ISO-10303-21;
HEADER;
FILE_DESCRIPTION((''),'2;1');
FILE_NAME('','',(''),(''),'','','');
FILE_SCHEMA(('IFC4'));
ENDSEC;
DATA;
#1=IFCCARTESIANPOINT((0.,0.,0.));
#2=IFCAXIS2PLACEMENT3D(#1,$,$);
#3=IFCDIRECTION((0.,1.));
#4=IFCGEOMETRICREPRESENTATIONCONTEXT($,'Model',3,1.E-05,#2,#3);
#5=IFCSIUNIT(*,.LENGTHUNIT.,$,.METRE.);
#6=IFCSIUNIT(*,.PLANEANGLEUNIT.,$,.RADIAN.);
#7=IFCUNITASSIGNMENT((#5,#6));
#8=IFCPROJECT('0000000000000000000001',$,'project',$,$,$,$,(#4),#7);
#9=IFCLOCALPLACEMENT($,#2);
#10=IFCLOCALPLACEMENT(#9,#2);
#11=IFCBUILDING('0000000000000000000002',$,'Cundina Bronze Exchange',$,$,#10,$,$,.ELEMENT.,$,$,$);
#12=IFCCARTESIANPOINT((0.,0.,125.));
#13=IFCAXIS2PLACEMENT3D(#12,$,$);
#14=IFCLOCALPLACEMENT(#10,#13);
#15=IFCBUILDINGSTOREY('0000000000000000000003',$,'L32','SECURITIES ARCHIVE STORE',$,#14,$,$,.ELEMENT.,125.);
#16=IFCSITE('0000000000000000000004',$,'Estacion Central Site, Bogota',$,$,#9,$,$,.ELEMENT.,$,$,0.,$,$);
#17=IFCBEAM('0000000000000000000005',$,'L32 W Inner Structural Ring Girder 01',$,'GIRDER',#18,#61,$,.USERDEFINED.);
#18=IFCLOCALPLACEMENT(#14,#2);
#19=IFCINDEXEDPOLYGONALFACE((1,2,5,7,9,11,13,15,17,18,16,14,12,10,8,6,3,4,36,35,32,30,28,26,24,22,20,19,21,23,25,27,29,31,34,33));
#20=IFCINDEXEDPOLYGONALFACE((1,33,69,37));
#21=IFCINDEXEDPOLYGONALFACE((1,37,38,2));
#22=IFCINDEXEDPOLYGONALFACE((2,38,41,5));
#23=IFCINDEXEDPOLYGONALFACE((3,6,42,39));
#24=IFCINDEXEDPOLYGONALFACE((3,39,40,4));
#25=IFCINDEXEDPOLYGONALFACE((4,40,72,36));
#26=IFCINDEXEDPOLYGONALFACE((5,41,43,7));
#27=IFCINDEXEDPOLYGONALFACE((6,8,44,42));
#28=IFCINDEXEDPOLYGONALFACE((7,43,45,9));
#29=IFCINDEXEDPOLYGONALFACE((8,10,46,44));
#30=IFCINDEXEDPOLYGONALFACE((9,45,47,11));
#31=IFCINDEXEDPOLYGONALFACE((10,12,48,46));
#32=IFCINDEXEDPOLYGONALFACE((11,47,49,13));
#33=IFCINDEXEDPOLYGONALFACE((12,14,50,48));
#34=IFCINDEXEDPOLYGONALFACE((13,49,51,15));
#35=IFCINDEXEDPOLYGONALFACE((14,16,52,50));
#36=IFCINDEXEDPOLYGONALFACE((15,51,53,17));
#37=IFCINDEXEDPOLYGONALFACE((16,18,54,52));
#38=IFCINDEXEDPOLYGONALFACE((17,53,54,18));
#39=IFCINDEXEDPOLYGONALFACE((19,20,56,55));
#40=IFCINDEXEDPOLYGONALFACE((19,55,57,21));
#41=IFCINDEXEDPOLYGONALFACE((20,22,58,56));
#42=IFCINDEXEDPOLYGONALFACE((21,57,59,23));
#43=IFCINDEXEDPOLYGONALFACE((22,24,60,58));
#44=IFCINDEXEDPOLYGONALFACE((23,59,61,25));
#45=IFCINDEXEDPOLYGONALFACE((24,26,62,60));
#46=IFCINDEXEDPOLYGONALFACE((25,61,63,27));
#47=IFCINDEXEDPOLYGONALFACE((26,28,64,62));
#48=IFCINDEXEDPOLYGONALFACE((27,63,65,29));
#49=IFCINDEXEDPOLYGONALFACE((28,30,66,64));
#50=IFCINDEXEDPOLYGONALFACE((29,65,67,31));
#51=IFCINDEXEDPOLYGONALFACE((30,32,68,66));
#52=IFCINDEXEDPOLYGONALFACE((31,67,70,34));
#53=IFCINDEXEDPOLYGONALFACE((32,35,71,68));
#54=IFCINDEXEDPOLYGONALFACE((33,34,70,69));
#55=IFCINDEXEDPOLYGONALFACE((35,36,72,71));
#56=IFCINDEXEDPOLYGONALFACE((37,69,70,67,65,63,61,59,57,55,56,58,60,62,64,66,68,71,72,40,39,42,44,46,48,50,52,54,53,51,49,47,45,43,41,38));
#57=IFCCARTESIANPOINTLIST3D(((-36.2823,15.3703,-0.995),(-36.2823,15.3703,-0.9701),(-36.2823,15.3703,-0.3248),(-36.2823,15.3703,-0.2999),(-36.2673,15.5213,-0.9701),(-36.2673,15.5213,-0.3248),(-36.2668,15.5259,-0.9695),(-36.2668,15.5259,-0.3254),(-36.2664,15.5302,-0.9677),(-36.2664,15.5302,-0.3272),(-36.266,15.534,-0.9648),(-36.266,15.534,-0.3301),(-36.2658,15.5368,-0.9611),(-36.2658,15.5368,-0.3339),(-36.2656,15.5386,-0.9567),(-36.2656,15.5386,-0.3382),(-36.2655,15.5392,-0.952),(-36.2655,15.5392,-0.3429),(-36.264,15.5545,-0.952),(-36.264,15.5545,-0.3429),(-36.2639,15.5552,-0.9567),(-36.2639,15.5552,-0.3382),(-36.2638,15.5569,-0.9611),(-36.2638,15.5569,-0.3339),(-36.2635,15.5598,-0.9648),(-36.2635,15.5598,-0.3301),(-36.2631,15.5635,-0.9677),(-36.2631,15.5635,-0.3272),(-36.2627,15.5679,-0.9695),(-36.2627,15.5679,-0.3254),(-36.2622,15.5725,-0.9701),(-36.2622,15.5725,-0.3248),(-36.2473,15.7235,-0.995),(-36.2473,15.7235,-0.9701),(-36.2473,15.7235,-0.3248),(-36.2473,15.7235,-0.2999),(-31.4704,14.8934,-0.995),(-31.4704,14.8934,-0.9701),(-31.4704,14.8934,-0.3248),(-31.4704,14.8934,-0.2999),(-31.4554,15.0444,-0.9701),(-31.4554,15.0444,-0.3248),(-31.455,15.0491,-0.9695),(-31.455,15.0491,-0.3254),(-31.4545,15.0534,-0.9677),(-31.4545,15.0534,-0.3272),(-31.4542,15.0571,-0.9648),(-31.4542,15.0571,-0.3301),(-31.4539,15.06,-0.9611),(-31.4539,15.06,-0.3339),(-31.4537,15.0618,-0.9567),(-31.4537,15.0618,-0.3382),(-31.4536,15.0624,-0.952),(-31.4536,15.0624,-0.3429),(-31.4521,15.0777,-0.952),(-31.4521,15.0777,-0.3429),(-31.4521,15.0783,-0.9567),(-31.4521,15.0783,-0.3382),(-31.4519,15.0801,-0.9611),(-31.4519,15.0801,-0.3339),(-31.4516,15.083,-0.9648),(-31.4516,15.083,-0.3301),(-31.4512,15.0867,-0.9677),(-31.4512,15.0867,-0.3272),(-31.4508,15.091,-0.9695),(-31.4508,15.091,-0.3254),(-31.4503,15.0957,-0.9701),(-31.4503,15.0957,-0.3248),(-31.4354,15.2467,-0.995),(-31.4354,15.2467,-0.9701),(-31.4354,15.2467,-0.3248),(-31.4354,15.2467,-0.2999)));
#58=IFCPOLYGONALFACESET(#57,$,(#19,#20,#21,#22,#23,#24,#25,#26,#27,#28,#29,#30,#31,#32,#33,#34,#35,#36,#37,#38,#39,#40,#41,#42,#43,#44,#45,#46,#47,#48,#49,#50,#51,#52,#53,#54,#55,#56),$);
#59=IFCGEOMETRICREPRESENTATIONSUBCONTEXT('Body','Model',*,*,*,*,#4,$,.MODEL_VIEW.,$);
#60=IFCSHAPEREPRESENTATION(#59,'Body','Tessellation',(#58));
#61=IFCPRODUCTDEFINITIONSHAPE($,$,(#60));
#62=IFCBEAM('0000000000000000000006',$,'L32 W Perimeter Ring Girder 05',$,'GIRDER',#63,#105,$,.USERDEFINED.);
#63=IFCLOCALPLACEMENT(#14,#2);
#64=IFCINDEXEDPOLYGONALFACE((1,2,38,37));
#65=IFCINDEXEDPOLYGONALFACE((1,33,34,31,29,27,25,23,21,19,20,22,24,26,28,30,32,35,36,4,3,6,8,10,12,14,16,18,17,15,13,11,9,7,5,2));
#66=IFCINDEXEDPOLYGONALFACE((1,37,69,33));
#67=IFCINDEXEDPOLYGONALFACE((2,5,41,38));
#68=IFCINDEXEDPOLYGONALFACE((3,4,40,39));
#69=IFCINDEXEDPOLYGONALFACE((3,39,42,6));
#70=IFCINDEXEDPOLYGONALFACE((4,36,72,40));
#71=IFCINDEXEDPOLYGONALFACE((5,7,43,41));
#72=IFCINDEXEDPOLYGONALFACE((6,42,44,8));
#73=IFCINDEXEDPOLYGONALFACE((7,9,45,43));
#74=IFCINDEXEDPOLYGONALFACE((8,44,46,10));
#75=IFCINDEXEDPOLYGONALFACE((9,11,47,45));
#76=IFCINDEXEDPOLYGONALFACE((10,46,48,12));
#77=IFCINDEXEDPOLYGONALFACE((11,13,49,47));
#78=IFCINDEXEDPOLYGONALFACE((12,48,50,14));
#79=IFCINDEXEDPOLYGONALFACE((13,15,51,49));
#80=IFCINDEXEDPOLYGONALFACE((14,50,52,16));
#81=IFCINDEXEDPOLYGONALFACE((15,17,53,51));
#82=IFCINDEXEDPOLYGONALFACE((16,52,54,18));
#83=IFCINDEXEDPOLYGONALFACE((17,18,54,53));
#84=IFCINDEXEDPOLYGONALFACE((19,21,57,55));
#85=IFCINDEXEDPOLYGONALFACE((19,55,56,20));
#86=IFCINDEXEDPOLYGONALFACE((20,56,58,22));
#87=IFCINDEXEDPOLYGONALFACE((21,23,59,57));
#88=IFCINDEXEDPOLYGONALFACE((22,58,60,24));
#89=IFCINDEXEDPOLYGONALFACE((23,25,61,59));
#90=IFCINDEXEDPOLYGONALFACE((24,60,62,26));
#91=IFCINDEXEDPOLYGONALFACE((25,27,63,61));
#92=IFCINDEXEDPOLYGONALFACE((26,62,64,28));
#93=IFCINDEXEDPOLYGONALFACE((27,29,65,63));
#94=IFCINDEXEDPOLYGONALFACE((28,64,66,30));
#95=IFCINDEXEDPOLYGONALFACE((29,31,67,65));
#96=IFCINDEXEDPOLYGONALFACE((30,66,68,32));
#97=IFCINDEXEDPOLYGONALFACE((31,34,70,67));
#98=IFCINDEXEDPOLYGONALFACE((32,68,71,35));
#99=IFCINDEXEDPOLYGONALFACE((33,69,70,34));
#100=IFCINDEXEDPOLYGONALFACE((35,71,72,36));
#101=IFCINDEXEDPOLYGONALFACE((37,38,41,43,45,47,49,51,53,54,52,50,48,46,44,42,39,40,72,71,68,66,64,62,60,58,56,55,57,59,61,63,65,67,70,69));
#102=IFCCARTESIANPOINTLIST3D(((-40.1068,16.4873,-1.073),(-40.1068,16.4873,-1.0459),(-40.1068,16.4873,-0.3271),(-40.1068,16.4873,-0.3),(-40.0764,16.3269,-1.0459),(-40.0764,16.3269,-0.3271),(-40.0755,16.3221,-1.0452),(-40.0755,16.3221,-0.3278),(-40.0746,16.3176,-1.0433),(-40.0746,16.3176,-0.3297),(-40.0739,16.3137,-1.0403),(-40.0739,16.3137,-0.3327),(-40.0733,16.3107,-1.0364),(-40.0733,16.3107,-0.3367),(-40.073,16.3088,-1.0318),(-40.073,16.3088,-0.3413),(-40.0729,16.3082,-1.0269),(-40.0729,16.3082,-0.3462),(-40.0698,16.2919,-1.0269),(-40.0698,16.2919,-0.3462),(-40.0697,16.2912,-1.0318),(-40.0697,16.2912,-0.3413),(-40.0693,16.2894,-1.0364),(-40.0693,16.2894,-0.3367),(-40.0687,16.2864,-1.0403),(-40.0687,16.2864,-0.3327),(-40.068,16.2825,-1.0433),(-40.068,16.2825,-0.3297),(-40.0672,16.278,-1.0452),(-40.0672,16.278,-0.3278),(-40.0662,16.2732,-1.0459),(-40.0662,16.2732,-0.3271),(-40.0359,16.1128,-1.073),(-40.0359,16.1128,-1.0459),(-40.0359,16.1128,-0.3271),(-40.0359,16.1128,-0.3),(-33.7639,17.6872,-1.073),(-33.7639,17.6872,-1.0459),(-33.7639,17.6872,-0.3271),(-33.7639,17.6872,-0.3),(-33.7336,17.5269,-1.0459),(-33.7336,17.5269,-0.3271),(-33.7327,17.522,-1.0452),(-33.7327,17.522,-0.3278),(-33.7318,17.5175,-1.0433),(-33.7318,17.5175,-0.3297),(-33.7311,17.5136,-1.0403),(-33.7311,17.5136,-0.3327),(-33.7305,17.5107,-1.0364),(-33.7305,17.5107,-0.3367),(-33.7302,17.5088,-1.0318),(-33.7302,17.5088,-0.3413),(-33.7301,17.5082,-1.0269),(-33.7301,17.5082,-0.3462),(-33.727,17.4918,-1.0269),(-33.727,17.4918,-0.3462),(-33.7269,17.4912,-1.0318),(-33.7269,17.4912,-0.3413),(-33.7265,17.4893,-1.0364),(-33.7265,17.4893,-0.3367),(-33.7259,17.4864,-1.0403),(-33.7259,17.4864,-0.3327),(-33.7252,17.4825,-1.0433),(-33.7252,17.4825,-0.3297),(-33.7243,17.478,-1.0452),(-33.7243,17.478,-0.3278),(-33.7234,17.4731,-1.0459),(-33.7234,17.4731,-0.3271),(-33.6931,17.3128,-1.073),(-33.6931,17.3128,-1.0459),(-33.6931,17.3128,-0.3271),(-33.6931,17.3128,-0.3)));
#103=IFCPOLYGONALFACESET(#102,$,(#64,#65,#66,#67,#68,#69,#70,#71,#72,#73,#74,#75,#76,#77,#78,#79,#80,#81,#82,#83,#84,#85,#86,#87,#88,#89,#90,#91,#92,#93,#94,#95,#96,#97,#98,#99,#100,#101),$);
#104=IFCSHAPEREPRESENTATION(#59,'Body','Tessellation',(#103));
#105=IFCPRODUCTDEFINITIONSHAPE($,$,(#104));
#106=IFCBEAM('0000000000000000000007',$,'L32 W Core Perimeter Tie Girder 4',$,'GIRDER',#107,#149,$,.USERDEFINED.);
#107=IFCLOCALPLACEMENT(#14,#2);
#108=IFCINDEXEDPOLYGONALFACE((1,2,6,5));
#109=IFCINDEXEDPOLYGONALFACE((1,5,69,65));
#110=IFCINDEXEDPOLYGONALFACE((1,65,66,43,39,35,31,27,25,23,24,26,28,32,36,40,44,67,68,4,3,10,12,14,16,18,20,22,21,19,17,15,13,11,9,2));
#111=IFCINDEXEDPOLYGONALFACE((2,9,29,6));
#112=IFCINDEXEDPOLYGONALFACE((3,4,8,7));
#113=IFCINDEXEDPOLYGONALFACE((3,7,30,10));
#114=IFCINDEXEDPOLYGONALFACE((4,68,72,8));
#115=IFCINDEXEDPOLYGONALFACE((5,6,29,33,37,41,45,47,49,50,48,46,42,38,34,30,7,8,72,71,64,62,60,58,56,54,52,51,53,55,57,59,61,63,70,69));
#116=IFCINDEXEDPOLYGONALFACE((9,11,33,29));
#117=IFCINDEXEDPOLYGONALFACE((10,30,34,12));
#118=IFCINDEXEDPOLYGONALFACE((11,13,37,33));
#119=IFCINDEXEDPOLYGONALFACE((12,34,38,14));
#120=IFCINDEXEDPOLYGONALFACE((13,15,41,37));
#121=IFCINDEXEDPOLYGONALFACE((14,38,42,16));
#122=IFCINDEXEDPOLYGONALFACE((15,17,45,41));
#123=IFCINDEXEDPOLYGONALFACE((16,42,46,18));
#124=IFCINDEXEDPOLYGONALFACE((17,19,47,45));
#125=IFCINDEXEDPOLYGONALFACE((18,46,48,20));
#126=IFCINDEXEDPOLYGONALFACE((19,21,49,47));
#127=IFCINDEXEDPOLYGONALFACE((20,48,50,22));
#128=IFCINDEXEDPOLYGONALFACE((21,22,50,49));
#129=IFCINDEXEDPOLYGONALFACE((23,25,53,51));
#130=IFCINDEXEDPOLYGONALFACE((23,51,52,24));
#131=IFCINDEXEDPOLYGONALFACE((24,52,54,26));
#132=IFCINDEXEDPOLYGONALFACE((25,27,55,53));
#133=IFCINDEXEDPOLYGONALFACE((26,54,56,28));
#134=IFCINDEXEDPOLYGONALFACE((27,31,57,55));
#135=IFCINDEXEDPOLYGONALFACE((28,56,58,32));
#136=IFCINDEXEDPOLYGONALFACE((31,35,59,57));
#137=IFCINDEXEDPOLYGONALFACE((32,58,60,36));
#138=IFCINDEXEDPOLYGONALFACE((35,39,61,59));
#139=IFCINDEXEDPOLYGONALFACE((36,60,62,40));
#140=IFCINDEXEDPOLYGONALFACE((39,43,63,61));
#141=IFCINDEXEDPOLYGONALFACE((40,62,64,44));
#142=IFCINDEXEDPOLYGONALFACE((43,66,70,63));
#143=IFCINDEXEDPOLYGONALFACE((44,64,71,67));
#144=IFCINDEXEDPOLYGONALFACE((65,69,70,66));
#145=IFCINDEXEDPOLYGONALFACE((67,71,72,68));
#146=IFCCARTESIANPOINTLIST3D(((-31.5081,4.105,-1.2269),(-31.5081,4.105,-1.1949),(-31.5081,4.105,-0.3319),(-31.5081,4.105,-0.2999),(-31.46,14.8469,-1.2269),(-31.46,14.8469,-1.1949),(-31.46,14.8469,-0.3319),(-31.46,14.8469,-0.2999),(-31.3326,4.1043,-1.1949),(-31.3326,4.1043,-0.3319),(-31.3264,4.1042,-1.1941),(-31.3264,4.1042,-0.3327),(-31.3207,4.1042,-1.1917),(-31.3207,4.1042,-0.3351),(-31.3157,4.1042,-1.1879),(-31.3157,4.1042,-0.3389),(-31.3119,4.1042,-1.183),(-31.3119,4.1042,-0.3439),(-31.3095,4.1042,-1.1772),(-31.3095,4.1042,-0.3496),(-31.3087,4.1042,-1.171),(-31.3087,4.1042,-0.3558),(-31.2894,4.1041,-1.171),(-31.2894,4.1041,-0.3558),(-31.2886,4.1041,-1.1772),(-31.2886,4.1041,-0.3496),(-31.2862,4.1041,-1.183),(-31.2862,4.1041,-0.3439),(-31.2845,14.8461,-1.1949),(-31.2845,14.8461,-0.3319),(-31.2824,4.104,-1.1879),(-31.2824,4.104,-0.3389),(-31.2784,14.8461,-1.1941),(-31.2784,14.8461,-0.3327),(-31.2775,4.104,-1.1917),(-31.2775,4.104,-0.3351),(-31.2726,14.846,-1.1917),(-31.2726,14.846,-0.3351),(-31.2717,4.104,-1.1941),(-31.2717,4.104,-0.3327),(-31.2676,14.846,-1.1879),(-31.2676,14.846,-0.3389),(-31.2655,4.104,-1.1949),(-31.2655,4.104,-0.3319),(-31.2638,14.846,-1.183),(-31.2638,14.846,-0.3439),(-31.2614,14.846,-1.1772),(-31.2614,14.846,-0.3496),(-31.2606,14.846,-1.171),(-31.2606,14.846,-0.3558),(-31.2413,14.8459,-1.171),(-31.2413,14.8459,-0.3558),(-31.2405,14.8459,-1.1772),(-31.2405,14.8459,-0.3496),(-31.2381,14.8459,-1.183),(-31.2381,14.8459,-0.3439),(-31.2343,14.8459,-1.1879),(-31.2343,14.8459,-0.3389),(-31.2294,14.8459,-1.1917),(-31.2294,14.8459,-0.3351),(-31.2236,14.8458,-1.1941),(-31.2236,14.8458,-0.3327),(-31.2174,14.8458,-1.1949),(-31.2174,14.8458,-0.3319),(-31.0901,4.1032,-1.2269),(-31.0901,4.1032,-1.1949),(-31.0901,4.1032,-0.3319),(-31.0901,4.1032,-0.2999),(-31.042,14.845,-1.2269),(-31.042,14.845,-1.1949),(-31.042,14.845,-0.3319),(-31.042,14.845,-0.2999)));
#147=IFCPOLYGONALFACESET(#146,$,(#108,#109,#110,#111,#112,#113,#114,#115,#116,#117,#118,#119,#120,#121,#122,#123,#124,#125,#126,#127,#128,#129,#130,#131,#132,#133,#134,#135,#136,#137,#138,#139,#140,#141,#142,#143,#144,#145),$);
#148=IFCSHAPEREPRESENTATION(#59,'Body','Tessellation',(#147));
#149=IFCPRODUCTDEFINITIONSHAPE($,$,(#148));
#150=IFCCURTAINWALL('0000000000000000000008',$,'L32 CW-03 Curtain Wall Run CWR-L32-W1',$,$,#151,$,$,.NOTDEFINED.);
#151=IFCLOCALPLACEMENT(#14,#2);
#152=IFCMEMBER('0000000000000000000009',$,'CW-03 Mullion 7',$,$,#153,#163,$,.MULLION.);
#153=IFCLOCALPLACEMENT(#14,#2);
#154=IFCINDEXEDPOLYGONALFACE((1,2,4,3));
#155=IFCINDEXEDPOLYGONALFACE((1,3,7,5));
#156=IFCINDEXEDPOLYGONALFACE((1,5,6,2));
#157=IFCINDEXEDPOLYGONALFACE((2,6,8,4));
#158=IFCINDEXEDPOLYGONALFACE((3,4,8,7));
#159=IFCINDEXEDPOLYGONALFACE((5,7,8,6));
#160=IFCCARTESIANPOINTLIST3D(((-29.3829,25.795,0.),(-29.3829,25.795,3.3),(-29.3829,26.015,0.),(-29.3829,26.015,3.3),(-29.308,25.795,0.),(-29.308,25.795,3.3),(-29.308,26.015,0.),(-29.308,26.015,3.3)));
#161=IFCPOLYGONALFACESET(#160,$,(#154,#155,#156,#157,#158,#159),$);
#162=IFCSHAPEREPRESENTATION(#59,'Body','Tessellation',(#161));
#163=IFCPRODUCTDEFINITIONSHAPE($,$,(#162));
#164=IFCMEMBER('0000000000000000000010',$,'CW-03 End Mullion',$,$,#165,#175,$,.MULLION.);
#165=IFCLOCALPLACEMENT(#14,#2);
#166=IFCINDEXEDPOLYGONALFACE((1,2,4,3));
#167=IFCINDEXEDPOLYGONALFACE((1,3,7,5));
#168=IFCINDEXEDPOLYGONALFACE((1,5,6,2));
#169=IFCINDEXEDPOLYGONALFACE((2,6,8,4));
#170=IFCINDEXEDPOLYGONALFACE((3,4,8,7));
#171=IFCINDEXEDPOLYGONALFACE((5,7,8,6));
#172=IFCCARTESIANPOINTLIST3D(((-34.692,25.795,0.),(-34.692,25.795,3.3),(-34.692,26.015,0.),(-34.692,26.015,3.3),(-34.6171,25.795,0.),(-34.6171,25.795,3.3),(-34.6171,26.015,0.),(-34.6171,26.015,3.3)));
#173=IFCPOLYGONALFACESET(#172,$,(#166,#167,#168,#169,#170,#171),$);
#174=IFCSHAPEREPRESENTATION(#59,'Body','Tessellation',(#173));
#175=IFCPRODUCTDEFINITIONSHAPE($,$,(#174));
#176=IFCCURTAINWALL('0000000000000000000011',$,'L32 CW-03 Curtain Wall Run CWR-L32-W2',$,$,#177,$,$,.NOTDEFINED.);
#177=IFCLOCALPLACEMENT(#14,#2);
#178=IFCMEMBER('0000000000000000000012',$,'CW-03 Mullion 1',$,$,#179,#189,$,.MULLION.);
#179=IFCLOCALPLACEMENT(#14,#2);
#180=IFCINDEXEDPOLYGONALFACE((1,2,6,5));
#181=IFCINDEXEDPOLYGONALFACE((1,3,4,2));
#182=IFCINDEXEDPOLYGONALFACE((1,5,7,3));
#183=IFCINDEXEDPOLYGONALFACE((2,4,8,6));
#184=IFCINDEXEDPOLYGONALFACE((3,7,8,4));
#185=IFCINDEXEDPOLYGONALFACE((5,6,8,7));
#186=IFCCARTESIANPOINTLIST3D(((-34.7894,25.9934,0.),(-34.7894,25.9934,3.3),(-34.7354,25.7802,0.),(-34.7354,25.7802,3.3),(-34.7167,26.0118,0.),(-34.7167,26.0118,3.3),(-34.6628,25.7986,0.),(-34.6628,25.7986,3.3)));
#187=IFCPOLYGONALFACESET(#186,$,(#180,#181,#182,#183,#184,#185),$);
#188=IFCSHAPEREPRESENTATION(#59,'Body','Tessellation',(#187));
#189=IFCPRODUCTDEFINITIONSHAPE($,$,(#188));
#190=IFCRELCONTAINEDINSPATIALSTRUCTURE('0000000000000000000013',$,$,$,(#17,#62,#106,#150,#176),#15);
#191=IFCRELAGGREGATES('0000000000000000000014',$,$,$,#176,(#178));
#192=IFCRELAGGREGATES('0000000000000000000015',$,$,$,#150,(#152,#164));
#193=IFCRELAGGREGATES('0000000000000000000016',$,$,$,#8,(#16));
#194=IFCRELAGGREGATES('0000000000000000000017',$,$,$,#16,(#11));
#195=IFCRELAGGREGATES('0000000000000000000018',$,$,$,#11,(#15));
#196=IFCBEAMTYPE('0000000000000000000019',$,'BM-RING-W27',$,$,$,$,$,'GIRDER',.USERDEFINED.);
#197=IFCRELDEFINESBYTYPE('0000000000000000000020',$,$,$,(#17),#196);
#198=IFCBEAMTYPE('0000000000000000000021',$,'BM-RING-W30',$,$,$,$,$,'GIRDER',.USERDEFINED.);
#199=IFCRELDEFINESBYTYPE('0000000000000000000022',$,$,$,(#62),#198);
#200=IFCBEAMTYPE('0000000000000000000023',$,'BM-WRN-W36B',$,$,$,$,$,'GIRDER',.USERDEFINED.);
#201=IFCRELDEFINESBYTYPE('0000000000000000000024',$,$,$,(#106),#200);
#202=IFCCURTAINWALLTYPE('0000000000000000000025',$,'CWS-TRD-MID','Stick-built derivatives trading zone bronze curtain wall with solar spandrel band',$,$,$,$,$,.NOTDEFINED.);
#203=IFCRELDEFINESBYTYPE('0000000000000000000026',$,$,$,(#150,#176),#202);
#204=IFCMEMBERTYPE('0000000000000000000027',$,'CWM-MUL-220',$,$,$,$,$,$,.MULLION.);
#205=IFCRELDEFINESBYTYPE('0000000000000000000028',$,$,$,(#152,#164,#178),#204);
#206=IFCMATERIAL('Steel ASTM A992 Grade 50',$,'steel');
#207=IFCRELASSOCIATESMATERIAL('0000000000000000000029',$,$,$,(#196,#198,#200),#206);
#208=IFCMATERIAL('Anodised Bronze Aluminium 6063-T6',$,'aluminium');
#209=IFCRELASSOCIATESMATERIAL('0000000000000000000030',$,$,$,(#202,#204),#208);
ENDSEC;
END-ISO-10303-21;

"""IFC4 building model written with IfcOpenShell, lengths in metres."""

from ifc_helpers import new_model, si_unit, direction, frame, origin, origin_2d, place, context, subcontext, project, spatial, rectangle, i_section, extrude, material, material_profile, profile_set, type_object, element, aggregate, save


model = new_model("IFC4")

# Units and contexts
model_context = context("Model", 3, precision=1e-05, world=origin(), true_north=direction((0.0, 1.0)))
body_context = subcontext(model_context, "Body", "Model", "MODEL_VIEW")
ifc_project = project(units=[si_unit("LENGTHUNIT", "METRE"), si_unit("PLANEANGLEUNIT", "RADIAN")], contexts=[model_context])

# Site, building, storey
site_placement = place(None, origin())
site = spatial("IfcSite", under=ifc_project, at=site_placement, Name="Estacion Central Site, Bogota", CompositionType="ELEMENT", RefElevation=0.0)
building_placement = place(site_placement, origin())
building = spatial("IfcBuilding", under=site, at=building_placement, Name="Cundina Bronze Exchange", CompositionType="ELEMENT")
storey_placement = place(building_placement, frame((0.0, 0.0, 125.0)))
storey = spatial("IfcBuildingStorey", under=building, at=storey_placement, Name="L32", Description="SECURITIES ARCHIVE STORE", CompositionType="ELEMENT", Elevation=125.0)

# Shared definitions
ifc_material_1 = material(Name="Steel ASTM A992 Grade 50", Category="steel")

# Beams
ifc_material_profile_1 = material_profile(ifc_material_1, i_section(OverallWidth=0.355, OverallDepth=0.6951, WebThickness=0.0154, FlangeThickness=0.0249, FilletRadius=0.0181, at=origin_2d()), Name="W27X146", Category="steel")
ifc_profile_set_1 = profile_set([ifc_material_profile_1], Name="Steel ASTM A992 Grade 50")
beam_type_1 = type_object("IfcBeamType", Name="BM-RING-W27", ElementType="GIRDER", PredefinedType="USERDEFINED", material=ifc_profile_set_1)
beam_1_placement = place(storey_placement, frame((-31.4529, 15.0701, -0.6475), z_axis=(-0.995126, 0.098609, 0.0), x_axis=(-0.098609, -0.995126, 0.0)))
element("IfcBeam", 1, at=beam_1_placement, inside=storey, type_object=beam_type_1, Name="L32 W Inner Structural Ring Girder 01", ObjectType="GIRDER", PredefinedType="USERDEFINED", context=body_context, shape_type="SweptSolid", body=[
    extrude(i_section(OverallWidth=0.355, OverallDepth=0.6951, WebThickness=0.0154, FlangeThickness=0.0249, FilletRadius=0.0181, at=origin_2d()), origin(), (0.0, 0.0, 1.0), 4.8354),
])
ifc_material_profile_2 = material_profile(ifc_material_1, i_section(OverallWidth=0.3811, OverallDepth=0.7729, WebThickness=0.0166, FlangeThickness=0.0271, FilletRadius=0.019, at=origin_2d()), Name="W30X173", Category="steel")
ifc_profile_set_2 = profile_set([ifc_material_profile_2], Name="Steel ASTM A992 Grade 50")
beam_type_2 = type_object("IfcBeamType", Name="BM-RING-W30", ElementType="GIRDER", PredefinedType="USERDEFINED", material=ifc_profile_set_2)
beam_2_placement = place(storey_placement, frame((-33.7285, 17.5, -0.6865), z_axis=(-0.982571, -0.185887, 0.0), x_axis=(0.185887, -0.982571, 0.0)))
element("IfcBeam", 2, at=beam_2_placement, inside=storey, type_object=beam_type_2, Name="L32 W Perimeter Ring Girder 05", ObjectType="GIRDER", PredefinedType="USERDEFINED", context=body_context, shape_type="SweptSolid", body=[
    extrude(i_section(OverallWidth=0.3811, OverallDepth=0.7729, WebThickness=0.0166, FlangeThickness=0.0271, FilletRadius=0.019, at=origin_2d()), origin(), (0.0, 0.0, 1.0), 6.4553),
])
ifc_material_profile_3 = material_profile(ifc_material_1, i_section(OverallWidth=0.418, OverallDepth=0.927, WebThickness=0.0193, FlangeThickness=0.032, FilletRadius=0.0239, at=origin_2d()), Name="W36X231", Category="steel")
ifc_profile_set_3 = profile_set([ifc_material_profile_3], Name="Steel ASTM A992 Grade 50")
beam_type_3 = type_object("IfcBeamType", Name="BM-WRN-W36B", ElementType="GIRDER", PredefinedType="USERDEFINED", material=ifc_profile_set_3)
beam_3_placement = place(storey_placement, frame((-31.251, 14.8459, -0.7634), z_axis=(-0.004477, -0.99999, 0.0), x_axis=(0.99999, -0.004477, 0.0)))
element("IfcBeam", 3, at=beam_3_placement, inside=storey, type_object=beam_type_3, Name="L32 W Core Perimeter Tie Girder 4", ObjectType="GIRDER", PredefinedType="USERDEFINED", context=body_context, shape_type="SweptSolid", body=[
    extrude(i_section(OverallWidth=0.418, OverallDepth=0.927, WebThickness=0.0193, FlangeThickness=0.032, FilletRadius=0.0239, at=origin_2d()), origin(), (0.0, 0.0, 1.0), 10.7419),
])

# Curtain wall, members
ifc_material_2 = material(Name="Anodised Bronze Aluminium 6063-T6", Category="aluminium")
curtain_wall_type = type_object("IfcCurtainWallType", Name="CWS-TRD-MID", Description="Stick-built derivatives trading zone bronze curtain wall with solar spandrel band", PredefinedType="NOTDEFINED", material=ifc_material_2)
curtain_wall_1_placement = place(storey_placement, origin())
curtain_wall_1 = element("IfcCurtainWall", 4, at=curtain_wall_1_placement, inside=storey, type_object=curtain_wall_type, Name="L32 CW-03 Curtain Wall Run CWR-L32-W1", PredefinedType="NOTDEFINED")
ifc_material_profile_4 = material_profile(ifc_material_2, rectangle(XDim=0.075, YDim=0.22, at=origin_2d()), Name="AL75X220", Category="aluminium")
ifc_profile_set_4 = profile_set([ifc_material_profile_4], Name="Anodised Bronze Aluminium 6063-T6")
member_type_1 = type_object("IfcMemberType", Name="CWM-MUL-220", PredefinedType="MULLION", material=ifc_profile_set_4)
member_1_placement = place(storey_placement, frame((-29.3455, 25.905, 0.0), z_axis=(0.0, 0.0, 1.0), x_axis=(-1.0, 0.0, 0.0)))
member_1 = element("IfcMember", 5, at=member_1_placement, type_object=member_type_1, Name="CW-03 Mullion 7", PredefinedType="MULLION", context=body_context, shape_type="SweptSolid", body=[
    extrude(rectangle(XDim=0.075, YDim=0.22, at=origin_2d()), origin(), (0.0, 0.0, 1.0), 3.3),
])
member_2_placement = place(storey_placement, frame((-34.6545, 25.905, 0.0), z_axis=(0.0, 0.0, 1.0), x_axis=(-1.0, 0.0, 0.0)))
member_2 = element("IfcMember", 6, at=member_2_placement, type_object=member_type_1, Name="CW-03 End Mullion", PredefinedType="MULLION", context=body_context, shape_type="SweptSolid", body=[
    extrude(rectangle(XDim=0.075, YDim=0.22, at=origin_2d()), origin(), (0.0, 0.0, 1.0), 3.3),
])

# Curtain wall, member
curtain_wall_2_placement = place(storey_placement, origin())
curtain_wall_2 = element("IfcCurtainWall", 7, at=curtain_wall_2_placement, inside=storey, type_object=curtain_wall_type, Name="L32 CW-03 Curtain Wall Run CWR-L32-W2", PredefinedType="NOTDEFINED")
member_3_placement = place(storey_placement, frame((-34.7261, 25.896, 0.0), z_axis=(0.0, 0.0, 1.0), x_axis=(-0.969488, -0.245138, 0.0)))
member_3 = element("IfcMember", 8, at=member_3_placement, type_object=member_type_1, Name="CW-03 Mullion 1", PredefinedType="MULLION", context=body_context, shape_type="SweptSolid", body=[
    extrude(rectangle(XDim=0.075, YDim=0.22, at=origin_2d()), origin(), (0.0, 0.0, 1.0), 3.3),
])
aggregate(curtain_wall_2, [member_3])

aggregate(curtain_wall_1, [member_1, member_2])

save(model, "model.ifc")
